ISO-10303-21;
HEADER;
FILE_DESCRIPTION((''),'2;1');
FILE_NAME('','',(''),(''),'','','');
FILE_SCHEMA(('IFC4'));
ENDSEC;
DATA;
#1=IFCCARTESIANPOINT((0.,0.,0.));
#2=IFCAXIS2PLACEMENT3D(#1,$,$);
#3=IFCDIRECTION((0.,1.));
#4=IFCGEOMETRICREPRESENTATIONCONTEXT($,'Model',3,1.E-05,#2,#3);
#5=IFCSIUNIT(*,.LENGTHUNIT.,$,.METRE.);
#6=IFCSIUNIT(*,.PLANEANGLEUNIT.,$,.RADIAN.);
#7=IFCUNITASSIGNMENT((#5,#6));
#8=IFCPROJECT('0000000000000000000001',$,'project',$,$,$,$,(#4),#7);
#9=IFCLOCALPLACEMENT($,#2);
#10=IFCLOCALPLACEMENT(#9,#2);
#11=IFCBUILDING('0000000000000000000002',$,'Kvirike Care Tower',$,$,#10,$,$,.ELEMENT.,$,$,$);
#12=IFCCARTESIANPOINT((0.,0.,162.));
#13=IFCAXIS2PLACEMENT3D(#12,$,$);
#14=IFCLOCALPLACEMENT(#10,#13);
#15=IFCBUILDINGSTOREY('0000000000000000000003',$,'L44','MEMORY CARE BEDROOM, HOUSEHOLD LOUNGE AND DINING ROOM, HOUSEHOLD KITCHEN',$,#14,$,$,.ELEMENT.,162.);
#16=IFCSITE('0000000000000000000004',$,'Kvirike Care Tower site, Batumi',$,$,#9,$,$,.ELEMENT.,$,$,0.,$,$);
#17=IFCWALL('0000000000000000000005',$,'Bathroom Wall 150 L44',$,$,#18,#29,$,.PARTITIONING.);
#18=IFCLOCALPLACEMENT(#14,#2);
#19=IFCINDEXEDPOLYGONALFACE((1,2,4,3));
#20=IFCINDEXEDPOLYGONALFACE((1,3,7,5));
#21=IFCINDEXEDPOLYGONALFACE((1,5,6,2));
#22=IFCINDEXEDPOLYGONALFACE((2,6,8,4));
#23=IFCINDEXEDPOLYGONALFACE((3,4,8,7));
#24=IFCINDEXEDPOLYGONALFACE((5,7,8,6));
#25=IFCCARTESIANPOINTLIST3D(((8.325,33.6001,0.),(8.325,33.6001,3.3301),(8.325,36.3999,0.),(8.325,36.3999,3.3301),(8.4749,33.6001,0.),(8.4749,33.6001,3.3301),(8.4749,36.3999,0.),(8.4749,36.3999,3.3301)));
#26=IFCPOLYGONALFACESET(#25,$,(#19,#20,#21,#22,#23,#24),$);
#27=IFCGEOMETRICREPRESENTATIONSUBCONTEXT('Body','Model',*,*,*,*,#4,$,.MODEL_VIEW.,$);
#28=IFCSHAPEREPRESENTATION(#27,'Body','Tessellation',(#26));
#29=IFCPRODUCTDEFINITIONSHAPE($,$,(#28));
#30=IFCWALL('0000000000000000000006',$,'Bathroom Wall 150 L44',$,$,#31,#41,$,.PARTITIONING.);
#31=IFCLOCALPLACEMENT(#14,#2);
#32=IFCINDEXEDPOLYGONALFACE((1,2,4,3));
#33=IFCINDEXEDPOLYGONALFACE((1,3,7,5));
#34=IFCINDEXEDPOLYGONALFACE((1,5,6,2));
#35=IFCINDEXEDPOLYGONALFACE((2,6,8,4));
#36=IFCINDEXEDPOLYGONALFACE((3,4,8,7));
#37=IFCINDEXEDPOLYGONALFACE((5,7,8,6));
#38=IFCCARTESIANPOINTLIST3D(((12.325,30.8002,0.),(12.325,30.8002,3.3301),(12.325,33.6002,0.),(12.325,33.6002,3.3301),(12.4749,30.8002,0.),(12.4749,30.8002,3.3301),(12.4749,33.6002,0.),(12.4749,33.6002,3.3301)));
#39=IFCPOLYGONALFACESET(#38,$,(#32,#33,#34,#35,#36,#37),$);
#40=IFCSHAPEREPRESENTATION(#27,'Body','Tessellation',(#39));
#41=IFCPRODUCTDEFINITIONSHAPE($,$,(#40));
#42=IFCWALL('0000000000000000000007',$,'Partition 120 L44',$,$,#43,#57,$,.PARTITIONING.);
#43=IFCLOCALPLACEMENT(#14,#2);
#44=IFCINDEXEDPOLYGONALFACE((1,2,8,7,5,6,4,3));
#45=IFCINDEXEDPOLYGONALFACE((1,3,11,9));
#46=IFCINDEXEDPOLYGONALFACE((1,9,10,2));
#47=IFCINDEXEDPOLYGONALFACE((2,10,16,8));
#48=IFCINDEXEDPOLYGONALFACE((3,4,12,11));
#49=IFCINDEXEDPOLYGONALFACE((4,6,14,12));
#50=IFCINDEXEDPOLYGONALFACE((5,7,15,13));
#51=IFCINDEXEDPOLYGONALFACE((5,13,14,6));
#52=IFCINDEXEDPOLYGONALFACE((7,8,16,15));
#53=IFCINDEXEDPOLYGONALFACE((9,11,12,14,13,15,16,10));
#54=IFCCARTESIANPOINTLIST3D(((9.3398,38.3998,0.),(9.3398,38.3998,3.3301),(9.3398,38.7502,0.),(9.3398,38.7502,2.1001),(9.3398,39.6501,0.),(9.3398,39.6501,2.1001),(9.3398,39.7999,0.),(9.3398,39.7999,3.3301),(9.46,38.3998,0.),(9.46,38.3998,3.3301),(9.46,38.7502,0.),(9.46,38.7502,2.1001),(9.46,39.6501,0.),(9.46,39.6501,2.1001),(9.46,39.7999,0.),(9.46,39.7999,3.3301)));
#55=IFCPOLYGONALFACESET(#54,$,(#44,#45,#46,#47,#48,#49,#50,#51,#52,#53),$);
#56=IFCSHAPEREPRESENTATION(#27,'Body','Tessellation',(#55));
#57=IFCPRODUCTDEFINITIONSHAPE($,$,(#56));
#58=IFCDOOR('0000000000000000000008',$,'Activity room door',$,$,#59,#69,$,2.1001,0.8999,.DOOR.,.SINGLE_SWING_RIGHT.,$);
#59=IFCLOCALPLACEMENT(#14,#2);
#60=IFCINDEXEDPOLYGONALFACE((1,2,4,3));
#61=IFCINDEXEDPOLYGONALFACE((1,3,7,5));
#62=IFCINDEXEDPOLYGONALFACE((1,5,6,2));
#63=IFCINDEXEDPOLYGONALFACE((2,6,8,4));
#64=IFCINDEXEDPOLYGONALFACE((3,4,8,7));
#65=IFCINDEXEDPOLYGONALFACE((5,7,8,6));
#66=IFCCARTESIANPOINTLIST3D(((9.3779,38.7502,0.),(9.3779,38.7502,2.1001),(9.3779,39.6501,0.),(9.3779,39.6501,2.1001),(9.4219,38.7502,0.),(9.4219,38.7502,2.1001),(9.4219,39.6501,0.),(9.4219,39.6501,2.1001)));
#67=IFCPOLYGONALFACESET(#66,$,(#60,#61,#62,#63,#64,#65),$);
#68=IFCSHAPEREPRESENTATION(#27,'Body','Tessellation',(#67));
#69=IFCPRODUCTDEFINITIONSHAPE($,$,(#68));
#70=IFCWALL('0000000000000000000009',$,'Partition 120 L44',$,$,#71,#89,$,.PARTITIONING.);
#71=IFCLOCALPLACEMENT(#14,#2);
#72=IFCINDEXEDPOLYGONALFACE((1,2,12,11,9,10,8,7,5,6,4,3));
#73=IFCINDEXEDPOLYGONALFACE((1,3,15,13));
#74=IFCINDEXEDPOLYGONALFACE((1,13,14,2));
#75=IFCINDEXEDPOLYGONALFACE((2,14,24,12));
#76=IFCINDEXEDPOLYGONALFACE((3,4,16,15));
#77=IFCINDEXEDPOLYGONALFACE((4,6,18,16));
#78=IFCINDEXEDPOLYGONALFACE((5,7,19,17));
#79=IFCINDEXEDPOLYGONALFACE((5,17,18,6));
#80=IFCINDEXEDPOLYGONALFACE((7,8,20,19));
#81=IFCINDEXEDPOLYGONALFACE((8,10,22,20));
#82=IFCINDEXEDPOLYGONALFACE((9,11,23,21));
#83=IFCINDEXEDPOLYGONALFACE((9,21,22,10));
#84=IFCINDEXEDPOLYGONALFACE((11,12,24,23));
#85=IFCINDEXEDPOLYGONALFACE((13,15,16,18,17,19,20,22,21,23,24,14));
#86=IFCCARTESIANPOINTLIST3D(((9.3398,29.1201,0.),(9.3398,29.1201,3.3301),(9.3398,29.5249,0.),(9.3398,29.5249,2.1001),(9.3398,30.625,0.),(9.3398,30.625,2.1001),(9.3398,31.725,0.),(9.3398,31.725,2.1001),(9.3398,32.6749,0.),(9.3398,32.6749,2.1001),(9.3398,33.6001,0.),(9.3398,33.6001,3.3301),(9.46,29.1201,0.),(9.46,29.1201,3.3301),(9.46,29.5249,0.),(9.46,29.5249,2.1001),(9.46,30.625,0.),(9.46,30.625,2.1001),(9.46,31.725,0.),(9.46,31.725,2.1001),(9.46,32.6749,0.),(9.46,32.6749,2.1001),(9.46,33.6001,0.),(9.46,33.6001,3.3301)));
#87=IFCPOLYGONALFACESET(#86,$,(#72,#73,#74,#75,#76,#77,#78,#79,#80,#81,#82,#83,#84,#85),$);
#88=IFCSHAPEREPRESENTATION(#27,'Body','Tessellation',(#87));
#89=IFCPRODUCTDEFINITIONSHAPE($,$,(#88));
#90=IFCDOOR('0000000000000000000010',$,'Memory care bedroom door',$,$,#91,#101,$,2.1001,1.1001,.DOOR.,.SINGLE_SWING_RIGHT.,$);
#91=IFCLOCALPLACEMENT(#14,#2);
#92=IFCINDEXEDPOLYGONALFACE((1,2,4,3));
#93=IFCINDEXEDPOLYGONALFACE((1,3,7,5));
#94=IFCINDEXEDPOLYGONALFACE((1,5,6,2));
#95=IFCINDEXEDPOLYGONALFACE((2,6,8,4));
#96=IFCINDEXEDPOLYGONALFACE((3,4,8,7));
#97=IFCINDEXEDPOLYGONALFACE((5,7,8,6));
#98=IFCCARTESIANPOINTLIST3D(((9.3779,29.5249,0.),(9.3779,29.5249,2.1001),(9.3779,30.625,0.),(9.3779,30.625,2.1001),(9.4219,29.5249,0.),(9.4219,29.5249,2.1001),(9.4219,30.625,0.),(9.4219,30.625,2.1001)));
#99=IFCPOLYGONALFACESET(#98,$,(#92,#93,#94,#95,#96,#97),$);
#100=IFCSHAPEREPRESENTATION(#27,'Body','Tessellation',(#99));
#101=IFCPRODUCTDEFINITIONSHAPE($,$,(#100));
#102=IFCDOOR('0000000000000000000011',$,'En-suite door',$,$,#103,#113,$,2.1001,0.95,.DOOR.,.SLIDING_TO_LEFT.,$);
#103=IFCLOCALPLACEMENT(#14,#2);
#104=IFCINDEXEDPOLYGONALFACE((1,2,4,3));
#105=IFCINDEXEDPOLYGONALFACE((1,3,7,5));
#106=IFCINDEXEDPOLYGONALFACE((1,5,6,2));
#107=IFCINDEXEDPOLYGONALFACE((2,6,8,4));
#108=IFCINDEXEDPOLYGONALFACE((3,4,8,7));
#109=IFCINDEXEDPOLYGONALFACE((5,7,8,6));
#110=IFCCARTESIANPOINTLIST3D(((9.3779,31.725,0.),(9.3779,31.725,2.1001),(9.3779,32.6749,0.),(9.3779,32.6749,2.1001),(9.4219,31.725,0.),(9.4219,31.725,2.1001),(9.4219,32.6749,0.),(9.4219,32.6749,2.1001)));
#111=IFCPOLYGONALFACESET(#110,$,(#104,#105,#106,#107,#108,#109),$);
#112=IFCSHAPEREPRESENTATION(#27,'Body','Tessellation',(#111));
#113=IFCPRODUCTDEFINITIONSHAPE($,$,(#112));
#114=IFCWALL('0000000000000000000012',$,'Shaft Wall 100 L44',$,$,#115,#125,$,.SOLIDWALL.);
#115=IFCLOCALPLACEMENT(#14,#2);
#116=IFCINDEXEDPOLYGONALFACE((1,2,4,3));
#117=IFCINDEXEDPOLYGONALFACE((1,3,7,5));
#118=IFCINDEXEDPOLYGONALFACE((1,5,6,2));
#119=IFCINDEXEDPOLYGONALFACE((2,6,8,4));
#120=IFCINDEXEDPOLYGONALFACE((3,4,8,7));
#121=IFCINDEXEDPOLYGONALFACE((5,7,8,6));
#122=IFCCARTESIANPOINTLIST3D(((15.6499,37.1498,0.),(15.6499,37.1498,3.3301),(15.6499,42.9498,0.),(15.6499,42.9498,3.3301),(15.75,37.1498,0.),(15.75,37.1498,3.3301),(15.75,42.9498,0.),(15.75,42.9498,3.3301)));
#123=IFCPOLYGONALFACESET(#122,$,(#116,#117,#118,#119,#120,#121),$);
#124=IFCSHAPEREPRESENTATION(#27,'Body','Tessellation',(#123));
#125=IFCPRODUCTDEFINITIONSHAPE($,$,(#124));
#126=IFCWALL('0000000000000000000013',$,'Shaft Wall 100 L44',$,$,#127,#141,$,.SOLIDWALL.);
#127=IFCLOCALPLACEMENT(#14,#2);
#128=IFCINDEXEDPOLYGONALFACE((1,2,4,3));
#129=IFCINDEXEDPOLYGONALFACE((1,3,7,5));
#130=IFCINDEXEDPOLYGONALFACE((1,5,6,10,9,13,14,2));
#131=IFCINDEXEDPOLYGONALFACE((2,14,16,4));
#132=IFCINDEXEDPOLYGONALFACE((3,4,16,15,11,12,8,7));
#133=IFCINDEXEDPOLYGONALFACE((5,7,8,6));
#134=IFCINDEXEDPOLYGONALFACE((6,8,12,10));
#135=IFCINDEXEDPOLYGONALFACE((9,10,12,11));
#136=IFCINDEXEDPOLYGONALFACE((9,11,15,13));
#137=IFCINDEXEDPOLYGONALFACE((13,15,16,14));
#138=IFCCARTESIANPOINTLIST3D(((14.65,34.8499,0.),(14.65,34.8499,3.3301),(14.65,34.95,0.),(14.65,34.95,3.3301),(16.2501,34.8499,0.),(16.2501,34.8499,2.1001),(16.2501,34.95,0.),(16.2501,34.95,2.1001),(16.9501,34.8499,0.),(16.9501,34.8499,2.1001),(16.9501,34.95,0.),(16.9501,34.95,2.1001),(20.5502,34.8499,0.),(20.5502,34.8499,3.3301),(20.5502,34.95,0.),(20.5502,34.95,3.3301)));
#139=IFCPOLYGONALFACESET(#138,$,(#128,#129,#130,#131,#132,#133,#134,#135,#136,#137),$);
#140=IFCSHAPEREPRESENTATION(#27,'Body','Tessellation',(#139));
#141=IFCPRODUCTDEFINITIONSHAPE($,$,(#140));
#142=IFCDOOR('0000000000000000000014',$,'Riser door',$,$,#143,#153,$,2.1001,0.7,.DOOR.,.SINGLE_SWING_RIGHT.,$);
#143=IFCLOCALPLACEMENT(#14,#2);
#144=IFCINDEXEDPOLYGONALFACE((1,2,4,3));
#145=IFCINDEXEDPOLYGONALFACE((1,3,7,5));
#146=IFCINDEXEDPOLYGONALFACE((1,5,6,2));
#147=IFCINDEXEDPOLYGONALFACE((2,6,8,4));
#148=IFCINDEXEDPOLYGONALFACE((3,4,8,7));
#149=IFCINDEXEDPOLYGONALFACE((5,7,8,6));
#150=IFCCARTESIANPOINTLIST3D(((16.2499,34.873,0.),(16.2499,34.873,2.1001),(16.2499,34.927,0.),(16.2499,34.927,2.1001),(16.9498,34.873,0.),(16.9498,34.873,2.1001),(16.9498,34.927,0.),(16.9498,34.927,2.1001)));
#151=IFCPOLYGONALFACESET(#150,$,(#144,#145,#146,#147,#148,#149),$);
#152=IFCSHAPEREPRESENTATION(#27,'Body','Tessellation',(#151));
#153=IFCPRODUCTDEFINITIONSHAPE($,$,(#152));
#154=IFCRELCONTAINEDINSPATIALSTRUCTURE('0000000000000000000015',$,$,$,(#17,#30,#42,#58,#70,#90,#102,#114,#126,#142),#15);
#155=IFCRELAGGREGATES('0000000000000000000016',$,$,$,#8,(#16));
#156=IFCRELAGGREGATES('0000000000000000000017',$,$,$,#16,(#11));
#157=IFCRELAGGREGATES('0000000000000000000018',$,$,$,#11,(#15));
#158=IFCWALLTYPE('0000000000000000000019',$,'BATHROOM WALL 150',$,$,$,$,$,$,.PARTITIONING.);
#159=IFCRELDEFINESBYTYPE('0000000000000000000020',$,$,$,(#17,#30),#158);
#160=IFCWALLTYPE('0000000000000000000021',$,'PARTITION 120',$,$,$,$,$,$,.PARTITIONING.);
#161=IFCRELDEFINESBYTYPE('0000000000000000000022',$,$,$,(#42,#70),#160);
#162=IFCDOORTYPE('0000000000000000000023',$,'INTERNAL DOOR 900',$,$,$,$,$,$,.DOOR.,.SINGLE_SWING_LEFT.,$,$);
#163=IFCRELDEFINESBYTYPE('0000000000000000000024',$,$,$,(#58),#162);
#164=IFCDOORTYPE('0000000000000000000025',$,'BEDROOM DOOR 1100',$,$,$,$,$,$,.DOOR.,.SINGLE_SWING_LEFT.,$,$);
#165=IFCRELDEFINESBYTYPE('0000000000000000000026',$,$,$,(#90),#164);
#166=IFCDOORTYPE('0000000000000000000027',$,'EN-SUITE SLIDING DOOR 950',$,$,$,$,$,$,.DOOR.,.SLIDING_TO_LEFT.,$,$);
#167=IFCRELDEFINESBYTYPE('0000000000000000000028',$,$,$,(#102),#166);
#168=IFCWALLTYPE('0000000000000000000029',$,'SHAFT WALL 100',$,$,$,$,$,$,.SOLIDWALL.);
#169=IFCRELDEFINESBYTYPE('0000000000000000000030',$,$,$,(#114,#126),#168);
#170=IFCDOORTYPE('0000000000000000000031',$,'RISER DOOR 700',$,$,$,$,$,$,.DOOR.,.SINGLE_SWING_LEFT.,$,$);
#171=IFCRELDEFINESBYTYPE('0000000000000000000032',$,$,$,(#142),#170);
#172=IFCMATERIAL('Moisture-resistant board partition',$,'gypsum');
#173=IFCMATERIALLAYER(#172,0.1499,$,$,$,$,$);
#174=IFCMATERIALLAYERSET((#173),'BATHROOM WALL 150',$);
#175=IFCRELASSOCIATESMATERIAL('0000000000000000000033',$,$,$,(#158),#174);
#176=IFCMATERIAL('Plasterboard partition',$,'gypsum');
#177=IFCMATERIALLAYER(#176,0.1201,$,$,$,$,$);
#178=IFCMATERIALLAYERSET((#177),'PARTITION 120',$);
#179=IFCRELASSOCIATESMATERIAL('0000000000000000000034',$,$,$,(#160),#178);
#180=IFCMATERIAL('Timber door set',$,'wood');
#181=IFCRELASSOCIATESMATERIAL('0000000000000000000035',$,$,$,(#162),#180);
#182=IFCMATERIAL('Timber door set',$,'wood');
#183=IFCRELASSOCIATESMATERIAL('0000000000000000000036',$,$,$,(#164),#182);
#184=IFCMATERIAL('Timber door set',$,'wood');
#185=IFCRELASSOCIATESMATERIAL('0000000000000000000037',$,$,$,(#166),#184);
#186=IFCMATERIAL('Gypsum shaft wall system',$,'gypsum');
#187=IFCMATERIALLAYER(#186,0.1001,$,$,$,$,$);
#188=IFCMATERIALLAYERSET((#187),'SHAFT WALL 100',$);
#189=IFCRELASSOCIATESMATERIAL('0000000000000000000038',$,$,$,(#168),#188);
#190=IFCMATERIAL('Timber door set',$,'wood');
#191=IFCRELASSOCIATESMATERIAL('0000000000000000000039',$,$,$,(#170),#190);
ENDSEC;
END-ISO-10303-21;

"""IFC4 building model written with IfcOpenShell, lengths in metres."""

from ifc_helpers import new_model, si_unit, direction, frame, frame_2d, origin, place, context, subcontext, project, spatial, rectangle, extrude, material, layer, layer_set, type_object, element, fill, save


model = new_model("IFC4")

# Units and contexts
model_context = context("Model", 3, precision=1e-05, world=origin(), true_north=direction((0.0, 1.0)))
body_context = subcontext(model_context, "Body", "Model", "MODEL_VIEW")
ifc_project = project(units=[si_unit("LENGTHUNIT", "METRE"), si_unit("PLANEANGLEUNIT", "RADIAN")], contexts=[model_context])

# Site, building, storey
site_placement = place(None, origin())
site = spatial("IfcSite", under=ifc_project, at=site_placement, Name="Kvirike Care Tower site, Batumi", CompositionType="ELEMENT", RefElevation=0.0)
building_placement = place(site_placement, origin())
building = spatial("IfcBuilding", under=site, at=building_placement, Name="Kvirike Care Tower", CompositionType="ELEMENT")
storey_placement = place(building_placement, frame((0.0, 0.0, 162.0)))
storey = spatial("IfcBuildingStorey", under=building, at=storey_placement, Name="L44", Description="MEMORY CARE BEDROOM, HOUSEHOLD LOUNGE AND DINING ROOM, HOUSEHOLD KITCHEN", CompositionType="ELEMENT", Elevation=162.0)

# Walls
ifc_material_1 = material(Name="Moisture-resistant board partition", Category="gypsum")
ifc_layer_1 = layer(ifc_material_1, 0.1499)
ifc_layer_set_1 = layer_set([ifc_layer_1], Name="BATHROOM WALL 150")
wall_type_1 = type_object("IfcWallType", Name="BATHROOM WALL 150", PredefinedType="PARTITIONING", material=ifc_layer_set_1)
wall_1_placement = place(storey_placement, frame((8.3999, 36.3999, 0.0), z_axis=(0.0, 0.0, 1.0), x_axis=(0.0, -1.0, 0.0)))
element("IfcWall", 1, at=wall_1_placement, inside=storey, type_object=wall_type_1, Name="Bathroom Wall 150 L44", PredefinedType="PARTITIONING", context=body_context, shape_type="SweptSolid", body=[
    extrude(rectangle(XDim=2.7998, YDim=0.1499, at=frame_2d((1.3999, 0.0))), origin(), (0.0, 0.0, 1.0), 3.3301),
])
wall_2_placement = place(storey_placement, frame((12.3999, 33.6001, 0.0), z_axis=(0.0, 0.0, 1.0), x_axis=(0.0, -1.0, 0.0)))
element("IfcWall", 2, at=wall_2_placement, inside=storey, type_object=wall_type_1, Name="Bathroom Wall 150 L44", PredefinedType="PARTITIONING", context=body_context, shape_type="SweptSolid", body=[
    extrude(rectangle(XDim=2.8, YDim=0.1499, at=frame_2d((1.3999, 0.0))), origin(), (0.0, 0.0, 1.0), 3.3301),
])

# Wall, opening, door
ifc_material_2 = material(Name="Plasterboard partition", Category="gypsum")
ifc_layer_2 = layer(ifc_material_2, 0.1201)
ifc_layer_set_2 = layer_set([ifc_layer_2], Name="PARTITION 120")
wall_type_2 = type_object("IfcWallType", Name="PARTITION 120", PredefinedType="PARTITIONING", material=ifc_layer_set_2)
wall_3_placement = place(storey_placement, frame((9.3999, 39.8, 0.0), z_axis=(0.0, 0.0, 1.0), x_axis=(0.0, -1.0, 0.0)))
wall_3 = element("IfcWall", 3, at=wall_3_placement, inside=storey, type_object=wall_type_2, Name="Partition 120 L44", PredefinedType="PARTITIONING", context=body_context, shape_type="SweptSolid", body=[
    extrude(rectangle(XDim=1.4001, YDim=0.1201, at=frame_2d((0.7002, 0.0))), origin(), (0.0, 0.0, 1.0), 3.3301),
])
opening_1_placement = place(wall_3_placement, frame((0.1499, 0.0, 0.0)))
opening_1 = element("IfcOpeningElement", 4, at=opening_1_placement, cuts=wall_3, PredefinedType="OPENING", context=body_context, shape_type="SweptSolid", body=[
    extrude(rectangle(XDim=0.8999, YDim=2.1001, at=frame_2d((0.45, 1.05))), frame((0.0, 0.0706, 0.0), z_axis=(0.0, -1.0, 0.0), x_axis=(1.0, 0.0, 0.0)), (0.0, 0.0, 1.0), 0.1411),
])
ifc_material_3 = material(Name="Timber door set", Category="wood")
door_type_1 = type_object("IfcDoorType", Name="INTERNAL DOOR 900", OperationType="SINGLE_SWING_LEFT", PredefinedType="DOOR", material=ifc_material_3)
door_1_placement = place(opening_1_placement, origin())
door_1 = element("IfcDoor", 5, at=door_1_placement, inside=storey, type_object=door_type_1, Name="Activity room door", OperationType="SINGLE_SWING_RIGHT", OverallHeight=2.1001, OverallWidth=0.8999, PredefinedType="DOOR", context=body_context, shape_type="SweptSolid", body=[
    extrude(rectangle(XDim=0.8999, YDim=2.1001, at=frame_2d((0.45, 1.05))), frame((0.0, 0.022, 0.0), z_axis=(0.0, -1.0, 0.0), x_axis=(1.0, 0.0, 0.0)), (0.0, 0.0, 1.0), 0.0439),
])
fill(opening_1, door_1)

# Wall, openings, doors
wall_4_placement = place(storey_placement, frame((9.3999, 33.6001, 0.0), z_axis=(0.0, 0.0, 1.0), x_axis=(0.0, -1.0, 0.0)))
wall_4 = element("IfcWall", 6, at=wall_4_placement, inside=storey, type_object=wall_type_2, Name="Partition 120 L44", PredefinedType="PARTITIONING", context=body_context, shape_type="SweptSolid", body=[
    extrude(rectangle(XDim=4.48, YDim=0.1201, at=frame_2d((2.24, 0.0))), origin(), (0.0, 0.0, 1.0), 3.3301),
])
opening_2_placement = place(wall_4_placement, frame((2.9751, 0.0, 0.0)))
opening_2 = element("IfcOpeningElement", 7, at=opening_2_placement, cuts=wall_4, PredefinedType="OPENING", context=body_context, shape_type="SweptSolid", body=[
    extrude(rectangle(XDim=1.1001, YDim=2.1001, at=frame_2d((0.55, 1.05))), frame((0.0, 0.0706, 0.0), z_axis=(0.0, -1.0, 0.0), x_axis=(1.0, 0.0, 0.0)), (0.0, 0.0, 1.0), 0.1411),
])
opening_3_placement = place(wall_4_placement, frame((0.925, 0.0, 0.0)))
opening_3 = element("IfcOpeningElement", 8, at=opening_3_placement, cuts=wall_4, PredefinedType="OPENING", context=body_context, shape_type="SweptSolid", body=[
    extrude(rectangle(XDim=0.95, YDim=2.1001, at=frame_2d((0.4751, 1.05))), frame((0.0, 0.0706, 0.0), z_axis=(0.0, -1.0, 0.0), x_axis=(1.0, 0.0, 0.0)), (0.0, 0.0, 1.0), 0.1411),
])
ifc_material_4 = material(Name="Timber door set", Category="wood")
door_type_2 = type_object("IfcDoorType", Name="BEDROOM DOOR 1100", OperationType="SINGLE_SWING_LEFT", PredefinedType="DOOR", material=ifc_material_4)
door_2_placement = place(opening_2_placement, origin())
door_2 = element("IfcDoor", 9, at=door_2_placement, inside=storey, type_object=door_type_2, Name="Memory care bedroom door", OperationType="SINGLE_SWING_RIGHT", OverallHeight=2.1001, OverallWidth=1.1001, PredefinedType="DOOR", context=body_context, shape_type="SweptSolid", body=[
    extrude(rectangle(XDim=1.1001, YDim=2.1001, at=frame_2d((0.55, 1.05))), frame((0.0, 0.022, 0.0), z_axis=(0.0, -1.0, 0.0), x_axis=(1.0, 0.0, 0.0)), (0.0, 0.0, 1.0), 0.0439),
])
fill(opening_2, door_2)
ifc_material_5 = material(Name="Timber door set", Category="wood")
door_type_3 = type_object("IfcDoorType", Name="EN-SUITE SLIDING DOOR 950", OperationType="SLIDING_TO_LEFT", PredefinedType="DOOR", material=ifc_material_5)
door_3_placement = place(opening_3_placement, origin())
door_3 = element("IfcDoor", 10, at=door_3_placement, inside=storey, type_object=door_type_3, Name="En-suite door", OperationType="SLIDING_TO_LEFT", OverallHeight=2.1001, OverallWidth=0.95, PredefinedType="DOOR", context=body_context, shape_type="SweptSolid", body=[
    extrude(rectangle(XDim=0.95, YDim=2.1001, at=frame_2d((0.4751, 1.05))), frame((0.0, 0.022, 0.0), z_axis=(0.0, -1.0, 0.0), x_axis=(1.0, 0.0, 0.0)), (0.0, 0.0, 1.0), 0.0439),
])
fill(opening_3, door_3)

# Wall
ifc_material_6 = material(Name="Gypsum shaft wall system", Category="gypsum")
ifc_layer_3 = layer(ifc_material_6, 0.1001)
ifc_layer_set_3 = layer_set([ifc_layer_3], Name="SHAFT WALL 100")
wall_type_3 = type_object("IfcWallType", Name="SHAFT WALL 100", PredefinedType="SOLIDWALL", material=ifc_layer_set_3)
wall_5_placement = place(storey_placement, frame((15.7, 37.1499, 0.0), z_axis=(0.0, 0.0, 1.0), x_axis=(0.0, 1.0, 0.0)))
element("IfcWall", 11, at=wall_5_placement, inside=storey, type_object=wall_type_3, Name="Shaft Wall 100 L44", PredefinedType="SOLIDWALL", context=body_context, shape_type="SweptSolid", body=[
    extrude(rectangle(XDim=5.8, YDim=0.1001, at=frame_2d((2.8999, 0.0))), origin(), (0.0, 0.0, 1.0), 3.3301),
])

# Wall, opening, door
wall_6_placement = place(storey_placement, frame((14.6499, 34.8999, 0.0), z_axis=(0.0, 0.0, 1.0), x_axis=(1.0, 0.0, 0.0)))
wall_6 = element("IfcWall", 12, at=wall_6_placement, inside=storey, type_object=wall_type_3, Name="Shaft Wall 100 L44", PredefinedType="SOLIDWALL", context=body_context, shape_type="SweptSolid", body=[
    extrude(rectangle(XDim=5.9001, YDim=0.1001, at=frame_2d((2.9502, 0.0))), origin(), (0.0, 0.0, 1.0), 3.3301),
])
opening_4_placement = place(wall_6_placement, frame((1.6001, 0.0, 0.0)))
opening_4 = element("IfcOpeningElement", 13, at=opening_4_placement, cuts=wall_6, PredefinedType="OPENING", context=body_context, shape_type="SweptSolid", body=[
    extrude(rectangle(XDim=0.7, YDim=2.1001, at=frame_2d((0.3501, 1.05))), frame((0.0, 0.0605, 0.0), z_axis=(0.0, -1.0, 0.0), x_axis=(1.0, 0.0, 0.0)), (0.0, 0.0, 1.0), 0.1211),
])
ifc_material_7 = material(Name="Timber door set", Category="wood")
door_type_4 = type_object("IfcDoorType", Name="RISER DOOR 700", OperationType="SINGLE_SWING_LEFT", PredefinedType="DOOR", material=ifc_material_7)
door_4_placement = place(opening_4_placement, frame((0.7, 0.0, 0.0), z_axis=(0.0, 0.0, 1.0), x_axis=(-1.0, 0.0, 0.0)))
door_4 = element("IfcDoor", 14, at=door_4_placement, inside=storey, type_object=door_type_4, Name="Riser door", OperationType="SINGLE_SWING_RIGHT", OverallHeight=2.1001, OverallWidth=0.7, PredefinedType="DOOR", context=body_context, shape_type="SweptSolid", body=[
    extrude(rectangle(XDim=0.7, YDim=2.1001, at=frame_2d((0.3501, 1.05))), frame((0.0, 0.0269, 0.0), z_axis=(0.0, -1.0, 0.0), x_axis=(1.0, 0.0, 0.0)), (0.0, 0.0, 1.0), 0.054),
])
fill(opening_4, door_4)

save(model, "model.ifc")
